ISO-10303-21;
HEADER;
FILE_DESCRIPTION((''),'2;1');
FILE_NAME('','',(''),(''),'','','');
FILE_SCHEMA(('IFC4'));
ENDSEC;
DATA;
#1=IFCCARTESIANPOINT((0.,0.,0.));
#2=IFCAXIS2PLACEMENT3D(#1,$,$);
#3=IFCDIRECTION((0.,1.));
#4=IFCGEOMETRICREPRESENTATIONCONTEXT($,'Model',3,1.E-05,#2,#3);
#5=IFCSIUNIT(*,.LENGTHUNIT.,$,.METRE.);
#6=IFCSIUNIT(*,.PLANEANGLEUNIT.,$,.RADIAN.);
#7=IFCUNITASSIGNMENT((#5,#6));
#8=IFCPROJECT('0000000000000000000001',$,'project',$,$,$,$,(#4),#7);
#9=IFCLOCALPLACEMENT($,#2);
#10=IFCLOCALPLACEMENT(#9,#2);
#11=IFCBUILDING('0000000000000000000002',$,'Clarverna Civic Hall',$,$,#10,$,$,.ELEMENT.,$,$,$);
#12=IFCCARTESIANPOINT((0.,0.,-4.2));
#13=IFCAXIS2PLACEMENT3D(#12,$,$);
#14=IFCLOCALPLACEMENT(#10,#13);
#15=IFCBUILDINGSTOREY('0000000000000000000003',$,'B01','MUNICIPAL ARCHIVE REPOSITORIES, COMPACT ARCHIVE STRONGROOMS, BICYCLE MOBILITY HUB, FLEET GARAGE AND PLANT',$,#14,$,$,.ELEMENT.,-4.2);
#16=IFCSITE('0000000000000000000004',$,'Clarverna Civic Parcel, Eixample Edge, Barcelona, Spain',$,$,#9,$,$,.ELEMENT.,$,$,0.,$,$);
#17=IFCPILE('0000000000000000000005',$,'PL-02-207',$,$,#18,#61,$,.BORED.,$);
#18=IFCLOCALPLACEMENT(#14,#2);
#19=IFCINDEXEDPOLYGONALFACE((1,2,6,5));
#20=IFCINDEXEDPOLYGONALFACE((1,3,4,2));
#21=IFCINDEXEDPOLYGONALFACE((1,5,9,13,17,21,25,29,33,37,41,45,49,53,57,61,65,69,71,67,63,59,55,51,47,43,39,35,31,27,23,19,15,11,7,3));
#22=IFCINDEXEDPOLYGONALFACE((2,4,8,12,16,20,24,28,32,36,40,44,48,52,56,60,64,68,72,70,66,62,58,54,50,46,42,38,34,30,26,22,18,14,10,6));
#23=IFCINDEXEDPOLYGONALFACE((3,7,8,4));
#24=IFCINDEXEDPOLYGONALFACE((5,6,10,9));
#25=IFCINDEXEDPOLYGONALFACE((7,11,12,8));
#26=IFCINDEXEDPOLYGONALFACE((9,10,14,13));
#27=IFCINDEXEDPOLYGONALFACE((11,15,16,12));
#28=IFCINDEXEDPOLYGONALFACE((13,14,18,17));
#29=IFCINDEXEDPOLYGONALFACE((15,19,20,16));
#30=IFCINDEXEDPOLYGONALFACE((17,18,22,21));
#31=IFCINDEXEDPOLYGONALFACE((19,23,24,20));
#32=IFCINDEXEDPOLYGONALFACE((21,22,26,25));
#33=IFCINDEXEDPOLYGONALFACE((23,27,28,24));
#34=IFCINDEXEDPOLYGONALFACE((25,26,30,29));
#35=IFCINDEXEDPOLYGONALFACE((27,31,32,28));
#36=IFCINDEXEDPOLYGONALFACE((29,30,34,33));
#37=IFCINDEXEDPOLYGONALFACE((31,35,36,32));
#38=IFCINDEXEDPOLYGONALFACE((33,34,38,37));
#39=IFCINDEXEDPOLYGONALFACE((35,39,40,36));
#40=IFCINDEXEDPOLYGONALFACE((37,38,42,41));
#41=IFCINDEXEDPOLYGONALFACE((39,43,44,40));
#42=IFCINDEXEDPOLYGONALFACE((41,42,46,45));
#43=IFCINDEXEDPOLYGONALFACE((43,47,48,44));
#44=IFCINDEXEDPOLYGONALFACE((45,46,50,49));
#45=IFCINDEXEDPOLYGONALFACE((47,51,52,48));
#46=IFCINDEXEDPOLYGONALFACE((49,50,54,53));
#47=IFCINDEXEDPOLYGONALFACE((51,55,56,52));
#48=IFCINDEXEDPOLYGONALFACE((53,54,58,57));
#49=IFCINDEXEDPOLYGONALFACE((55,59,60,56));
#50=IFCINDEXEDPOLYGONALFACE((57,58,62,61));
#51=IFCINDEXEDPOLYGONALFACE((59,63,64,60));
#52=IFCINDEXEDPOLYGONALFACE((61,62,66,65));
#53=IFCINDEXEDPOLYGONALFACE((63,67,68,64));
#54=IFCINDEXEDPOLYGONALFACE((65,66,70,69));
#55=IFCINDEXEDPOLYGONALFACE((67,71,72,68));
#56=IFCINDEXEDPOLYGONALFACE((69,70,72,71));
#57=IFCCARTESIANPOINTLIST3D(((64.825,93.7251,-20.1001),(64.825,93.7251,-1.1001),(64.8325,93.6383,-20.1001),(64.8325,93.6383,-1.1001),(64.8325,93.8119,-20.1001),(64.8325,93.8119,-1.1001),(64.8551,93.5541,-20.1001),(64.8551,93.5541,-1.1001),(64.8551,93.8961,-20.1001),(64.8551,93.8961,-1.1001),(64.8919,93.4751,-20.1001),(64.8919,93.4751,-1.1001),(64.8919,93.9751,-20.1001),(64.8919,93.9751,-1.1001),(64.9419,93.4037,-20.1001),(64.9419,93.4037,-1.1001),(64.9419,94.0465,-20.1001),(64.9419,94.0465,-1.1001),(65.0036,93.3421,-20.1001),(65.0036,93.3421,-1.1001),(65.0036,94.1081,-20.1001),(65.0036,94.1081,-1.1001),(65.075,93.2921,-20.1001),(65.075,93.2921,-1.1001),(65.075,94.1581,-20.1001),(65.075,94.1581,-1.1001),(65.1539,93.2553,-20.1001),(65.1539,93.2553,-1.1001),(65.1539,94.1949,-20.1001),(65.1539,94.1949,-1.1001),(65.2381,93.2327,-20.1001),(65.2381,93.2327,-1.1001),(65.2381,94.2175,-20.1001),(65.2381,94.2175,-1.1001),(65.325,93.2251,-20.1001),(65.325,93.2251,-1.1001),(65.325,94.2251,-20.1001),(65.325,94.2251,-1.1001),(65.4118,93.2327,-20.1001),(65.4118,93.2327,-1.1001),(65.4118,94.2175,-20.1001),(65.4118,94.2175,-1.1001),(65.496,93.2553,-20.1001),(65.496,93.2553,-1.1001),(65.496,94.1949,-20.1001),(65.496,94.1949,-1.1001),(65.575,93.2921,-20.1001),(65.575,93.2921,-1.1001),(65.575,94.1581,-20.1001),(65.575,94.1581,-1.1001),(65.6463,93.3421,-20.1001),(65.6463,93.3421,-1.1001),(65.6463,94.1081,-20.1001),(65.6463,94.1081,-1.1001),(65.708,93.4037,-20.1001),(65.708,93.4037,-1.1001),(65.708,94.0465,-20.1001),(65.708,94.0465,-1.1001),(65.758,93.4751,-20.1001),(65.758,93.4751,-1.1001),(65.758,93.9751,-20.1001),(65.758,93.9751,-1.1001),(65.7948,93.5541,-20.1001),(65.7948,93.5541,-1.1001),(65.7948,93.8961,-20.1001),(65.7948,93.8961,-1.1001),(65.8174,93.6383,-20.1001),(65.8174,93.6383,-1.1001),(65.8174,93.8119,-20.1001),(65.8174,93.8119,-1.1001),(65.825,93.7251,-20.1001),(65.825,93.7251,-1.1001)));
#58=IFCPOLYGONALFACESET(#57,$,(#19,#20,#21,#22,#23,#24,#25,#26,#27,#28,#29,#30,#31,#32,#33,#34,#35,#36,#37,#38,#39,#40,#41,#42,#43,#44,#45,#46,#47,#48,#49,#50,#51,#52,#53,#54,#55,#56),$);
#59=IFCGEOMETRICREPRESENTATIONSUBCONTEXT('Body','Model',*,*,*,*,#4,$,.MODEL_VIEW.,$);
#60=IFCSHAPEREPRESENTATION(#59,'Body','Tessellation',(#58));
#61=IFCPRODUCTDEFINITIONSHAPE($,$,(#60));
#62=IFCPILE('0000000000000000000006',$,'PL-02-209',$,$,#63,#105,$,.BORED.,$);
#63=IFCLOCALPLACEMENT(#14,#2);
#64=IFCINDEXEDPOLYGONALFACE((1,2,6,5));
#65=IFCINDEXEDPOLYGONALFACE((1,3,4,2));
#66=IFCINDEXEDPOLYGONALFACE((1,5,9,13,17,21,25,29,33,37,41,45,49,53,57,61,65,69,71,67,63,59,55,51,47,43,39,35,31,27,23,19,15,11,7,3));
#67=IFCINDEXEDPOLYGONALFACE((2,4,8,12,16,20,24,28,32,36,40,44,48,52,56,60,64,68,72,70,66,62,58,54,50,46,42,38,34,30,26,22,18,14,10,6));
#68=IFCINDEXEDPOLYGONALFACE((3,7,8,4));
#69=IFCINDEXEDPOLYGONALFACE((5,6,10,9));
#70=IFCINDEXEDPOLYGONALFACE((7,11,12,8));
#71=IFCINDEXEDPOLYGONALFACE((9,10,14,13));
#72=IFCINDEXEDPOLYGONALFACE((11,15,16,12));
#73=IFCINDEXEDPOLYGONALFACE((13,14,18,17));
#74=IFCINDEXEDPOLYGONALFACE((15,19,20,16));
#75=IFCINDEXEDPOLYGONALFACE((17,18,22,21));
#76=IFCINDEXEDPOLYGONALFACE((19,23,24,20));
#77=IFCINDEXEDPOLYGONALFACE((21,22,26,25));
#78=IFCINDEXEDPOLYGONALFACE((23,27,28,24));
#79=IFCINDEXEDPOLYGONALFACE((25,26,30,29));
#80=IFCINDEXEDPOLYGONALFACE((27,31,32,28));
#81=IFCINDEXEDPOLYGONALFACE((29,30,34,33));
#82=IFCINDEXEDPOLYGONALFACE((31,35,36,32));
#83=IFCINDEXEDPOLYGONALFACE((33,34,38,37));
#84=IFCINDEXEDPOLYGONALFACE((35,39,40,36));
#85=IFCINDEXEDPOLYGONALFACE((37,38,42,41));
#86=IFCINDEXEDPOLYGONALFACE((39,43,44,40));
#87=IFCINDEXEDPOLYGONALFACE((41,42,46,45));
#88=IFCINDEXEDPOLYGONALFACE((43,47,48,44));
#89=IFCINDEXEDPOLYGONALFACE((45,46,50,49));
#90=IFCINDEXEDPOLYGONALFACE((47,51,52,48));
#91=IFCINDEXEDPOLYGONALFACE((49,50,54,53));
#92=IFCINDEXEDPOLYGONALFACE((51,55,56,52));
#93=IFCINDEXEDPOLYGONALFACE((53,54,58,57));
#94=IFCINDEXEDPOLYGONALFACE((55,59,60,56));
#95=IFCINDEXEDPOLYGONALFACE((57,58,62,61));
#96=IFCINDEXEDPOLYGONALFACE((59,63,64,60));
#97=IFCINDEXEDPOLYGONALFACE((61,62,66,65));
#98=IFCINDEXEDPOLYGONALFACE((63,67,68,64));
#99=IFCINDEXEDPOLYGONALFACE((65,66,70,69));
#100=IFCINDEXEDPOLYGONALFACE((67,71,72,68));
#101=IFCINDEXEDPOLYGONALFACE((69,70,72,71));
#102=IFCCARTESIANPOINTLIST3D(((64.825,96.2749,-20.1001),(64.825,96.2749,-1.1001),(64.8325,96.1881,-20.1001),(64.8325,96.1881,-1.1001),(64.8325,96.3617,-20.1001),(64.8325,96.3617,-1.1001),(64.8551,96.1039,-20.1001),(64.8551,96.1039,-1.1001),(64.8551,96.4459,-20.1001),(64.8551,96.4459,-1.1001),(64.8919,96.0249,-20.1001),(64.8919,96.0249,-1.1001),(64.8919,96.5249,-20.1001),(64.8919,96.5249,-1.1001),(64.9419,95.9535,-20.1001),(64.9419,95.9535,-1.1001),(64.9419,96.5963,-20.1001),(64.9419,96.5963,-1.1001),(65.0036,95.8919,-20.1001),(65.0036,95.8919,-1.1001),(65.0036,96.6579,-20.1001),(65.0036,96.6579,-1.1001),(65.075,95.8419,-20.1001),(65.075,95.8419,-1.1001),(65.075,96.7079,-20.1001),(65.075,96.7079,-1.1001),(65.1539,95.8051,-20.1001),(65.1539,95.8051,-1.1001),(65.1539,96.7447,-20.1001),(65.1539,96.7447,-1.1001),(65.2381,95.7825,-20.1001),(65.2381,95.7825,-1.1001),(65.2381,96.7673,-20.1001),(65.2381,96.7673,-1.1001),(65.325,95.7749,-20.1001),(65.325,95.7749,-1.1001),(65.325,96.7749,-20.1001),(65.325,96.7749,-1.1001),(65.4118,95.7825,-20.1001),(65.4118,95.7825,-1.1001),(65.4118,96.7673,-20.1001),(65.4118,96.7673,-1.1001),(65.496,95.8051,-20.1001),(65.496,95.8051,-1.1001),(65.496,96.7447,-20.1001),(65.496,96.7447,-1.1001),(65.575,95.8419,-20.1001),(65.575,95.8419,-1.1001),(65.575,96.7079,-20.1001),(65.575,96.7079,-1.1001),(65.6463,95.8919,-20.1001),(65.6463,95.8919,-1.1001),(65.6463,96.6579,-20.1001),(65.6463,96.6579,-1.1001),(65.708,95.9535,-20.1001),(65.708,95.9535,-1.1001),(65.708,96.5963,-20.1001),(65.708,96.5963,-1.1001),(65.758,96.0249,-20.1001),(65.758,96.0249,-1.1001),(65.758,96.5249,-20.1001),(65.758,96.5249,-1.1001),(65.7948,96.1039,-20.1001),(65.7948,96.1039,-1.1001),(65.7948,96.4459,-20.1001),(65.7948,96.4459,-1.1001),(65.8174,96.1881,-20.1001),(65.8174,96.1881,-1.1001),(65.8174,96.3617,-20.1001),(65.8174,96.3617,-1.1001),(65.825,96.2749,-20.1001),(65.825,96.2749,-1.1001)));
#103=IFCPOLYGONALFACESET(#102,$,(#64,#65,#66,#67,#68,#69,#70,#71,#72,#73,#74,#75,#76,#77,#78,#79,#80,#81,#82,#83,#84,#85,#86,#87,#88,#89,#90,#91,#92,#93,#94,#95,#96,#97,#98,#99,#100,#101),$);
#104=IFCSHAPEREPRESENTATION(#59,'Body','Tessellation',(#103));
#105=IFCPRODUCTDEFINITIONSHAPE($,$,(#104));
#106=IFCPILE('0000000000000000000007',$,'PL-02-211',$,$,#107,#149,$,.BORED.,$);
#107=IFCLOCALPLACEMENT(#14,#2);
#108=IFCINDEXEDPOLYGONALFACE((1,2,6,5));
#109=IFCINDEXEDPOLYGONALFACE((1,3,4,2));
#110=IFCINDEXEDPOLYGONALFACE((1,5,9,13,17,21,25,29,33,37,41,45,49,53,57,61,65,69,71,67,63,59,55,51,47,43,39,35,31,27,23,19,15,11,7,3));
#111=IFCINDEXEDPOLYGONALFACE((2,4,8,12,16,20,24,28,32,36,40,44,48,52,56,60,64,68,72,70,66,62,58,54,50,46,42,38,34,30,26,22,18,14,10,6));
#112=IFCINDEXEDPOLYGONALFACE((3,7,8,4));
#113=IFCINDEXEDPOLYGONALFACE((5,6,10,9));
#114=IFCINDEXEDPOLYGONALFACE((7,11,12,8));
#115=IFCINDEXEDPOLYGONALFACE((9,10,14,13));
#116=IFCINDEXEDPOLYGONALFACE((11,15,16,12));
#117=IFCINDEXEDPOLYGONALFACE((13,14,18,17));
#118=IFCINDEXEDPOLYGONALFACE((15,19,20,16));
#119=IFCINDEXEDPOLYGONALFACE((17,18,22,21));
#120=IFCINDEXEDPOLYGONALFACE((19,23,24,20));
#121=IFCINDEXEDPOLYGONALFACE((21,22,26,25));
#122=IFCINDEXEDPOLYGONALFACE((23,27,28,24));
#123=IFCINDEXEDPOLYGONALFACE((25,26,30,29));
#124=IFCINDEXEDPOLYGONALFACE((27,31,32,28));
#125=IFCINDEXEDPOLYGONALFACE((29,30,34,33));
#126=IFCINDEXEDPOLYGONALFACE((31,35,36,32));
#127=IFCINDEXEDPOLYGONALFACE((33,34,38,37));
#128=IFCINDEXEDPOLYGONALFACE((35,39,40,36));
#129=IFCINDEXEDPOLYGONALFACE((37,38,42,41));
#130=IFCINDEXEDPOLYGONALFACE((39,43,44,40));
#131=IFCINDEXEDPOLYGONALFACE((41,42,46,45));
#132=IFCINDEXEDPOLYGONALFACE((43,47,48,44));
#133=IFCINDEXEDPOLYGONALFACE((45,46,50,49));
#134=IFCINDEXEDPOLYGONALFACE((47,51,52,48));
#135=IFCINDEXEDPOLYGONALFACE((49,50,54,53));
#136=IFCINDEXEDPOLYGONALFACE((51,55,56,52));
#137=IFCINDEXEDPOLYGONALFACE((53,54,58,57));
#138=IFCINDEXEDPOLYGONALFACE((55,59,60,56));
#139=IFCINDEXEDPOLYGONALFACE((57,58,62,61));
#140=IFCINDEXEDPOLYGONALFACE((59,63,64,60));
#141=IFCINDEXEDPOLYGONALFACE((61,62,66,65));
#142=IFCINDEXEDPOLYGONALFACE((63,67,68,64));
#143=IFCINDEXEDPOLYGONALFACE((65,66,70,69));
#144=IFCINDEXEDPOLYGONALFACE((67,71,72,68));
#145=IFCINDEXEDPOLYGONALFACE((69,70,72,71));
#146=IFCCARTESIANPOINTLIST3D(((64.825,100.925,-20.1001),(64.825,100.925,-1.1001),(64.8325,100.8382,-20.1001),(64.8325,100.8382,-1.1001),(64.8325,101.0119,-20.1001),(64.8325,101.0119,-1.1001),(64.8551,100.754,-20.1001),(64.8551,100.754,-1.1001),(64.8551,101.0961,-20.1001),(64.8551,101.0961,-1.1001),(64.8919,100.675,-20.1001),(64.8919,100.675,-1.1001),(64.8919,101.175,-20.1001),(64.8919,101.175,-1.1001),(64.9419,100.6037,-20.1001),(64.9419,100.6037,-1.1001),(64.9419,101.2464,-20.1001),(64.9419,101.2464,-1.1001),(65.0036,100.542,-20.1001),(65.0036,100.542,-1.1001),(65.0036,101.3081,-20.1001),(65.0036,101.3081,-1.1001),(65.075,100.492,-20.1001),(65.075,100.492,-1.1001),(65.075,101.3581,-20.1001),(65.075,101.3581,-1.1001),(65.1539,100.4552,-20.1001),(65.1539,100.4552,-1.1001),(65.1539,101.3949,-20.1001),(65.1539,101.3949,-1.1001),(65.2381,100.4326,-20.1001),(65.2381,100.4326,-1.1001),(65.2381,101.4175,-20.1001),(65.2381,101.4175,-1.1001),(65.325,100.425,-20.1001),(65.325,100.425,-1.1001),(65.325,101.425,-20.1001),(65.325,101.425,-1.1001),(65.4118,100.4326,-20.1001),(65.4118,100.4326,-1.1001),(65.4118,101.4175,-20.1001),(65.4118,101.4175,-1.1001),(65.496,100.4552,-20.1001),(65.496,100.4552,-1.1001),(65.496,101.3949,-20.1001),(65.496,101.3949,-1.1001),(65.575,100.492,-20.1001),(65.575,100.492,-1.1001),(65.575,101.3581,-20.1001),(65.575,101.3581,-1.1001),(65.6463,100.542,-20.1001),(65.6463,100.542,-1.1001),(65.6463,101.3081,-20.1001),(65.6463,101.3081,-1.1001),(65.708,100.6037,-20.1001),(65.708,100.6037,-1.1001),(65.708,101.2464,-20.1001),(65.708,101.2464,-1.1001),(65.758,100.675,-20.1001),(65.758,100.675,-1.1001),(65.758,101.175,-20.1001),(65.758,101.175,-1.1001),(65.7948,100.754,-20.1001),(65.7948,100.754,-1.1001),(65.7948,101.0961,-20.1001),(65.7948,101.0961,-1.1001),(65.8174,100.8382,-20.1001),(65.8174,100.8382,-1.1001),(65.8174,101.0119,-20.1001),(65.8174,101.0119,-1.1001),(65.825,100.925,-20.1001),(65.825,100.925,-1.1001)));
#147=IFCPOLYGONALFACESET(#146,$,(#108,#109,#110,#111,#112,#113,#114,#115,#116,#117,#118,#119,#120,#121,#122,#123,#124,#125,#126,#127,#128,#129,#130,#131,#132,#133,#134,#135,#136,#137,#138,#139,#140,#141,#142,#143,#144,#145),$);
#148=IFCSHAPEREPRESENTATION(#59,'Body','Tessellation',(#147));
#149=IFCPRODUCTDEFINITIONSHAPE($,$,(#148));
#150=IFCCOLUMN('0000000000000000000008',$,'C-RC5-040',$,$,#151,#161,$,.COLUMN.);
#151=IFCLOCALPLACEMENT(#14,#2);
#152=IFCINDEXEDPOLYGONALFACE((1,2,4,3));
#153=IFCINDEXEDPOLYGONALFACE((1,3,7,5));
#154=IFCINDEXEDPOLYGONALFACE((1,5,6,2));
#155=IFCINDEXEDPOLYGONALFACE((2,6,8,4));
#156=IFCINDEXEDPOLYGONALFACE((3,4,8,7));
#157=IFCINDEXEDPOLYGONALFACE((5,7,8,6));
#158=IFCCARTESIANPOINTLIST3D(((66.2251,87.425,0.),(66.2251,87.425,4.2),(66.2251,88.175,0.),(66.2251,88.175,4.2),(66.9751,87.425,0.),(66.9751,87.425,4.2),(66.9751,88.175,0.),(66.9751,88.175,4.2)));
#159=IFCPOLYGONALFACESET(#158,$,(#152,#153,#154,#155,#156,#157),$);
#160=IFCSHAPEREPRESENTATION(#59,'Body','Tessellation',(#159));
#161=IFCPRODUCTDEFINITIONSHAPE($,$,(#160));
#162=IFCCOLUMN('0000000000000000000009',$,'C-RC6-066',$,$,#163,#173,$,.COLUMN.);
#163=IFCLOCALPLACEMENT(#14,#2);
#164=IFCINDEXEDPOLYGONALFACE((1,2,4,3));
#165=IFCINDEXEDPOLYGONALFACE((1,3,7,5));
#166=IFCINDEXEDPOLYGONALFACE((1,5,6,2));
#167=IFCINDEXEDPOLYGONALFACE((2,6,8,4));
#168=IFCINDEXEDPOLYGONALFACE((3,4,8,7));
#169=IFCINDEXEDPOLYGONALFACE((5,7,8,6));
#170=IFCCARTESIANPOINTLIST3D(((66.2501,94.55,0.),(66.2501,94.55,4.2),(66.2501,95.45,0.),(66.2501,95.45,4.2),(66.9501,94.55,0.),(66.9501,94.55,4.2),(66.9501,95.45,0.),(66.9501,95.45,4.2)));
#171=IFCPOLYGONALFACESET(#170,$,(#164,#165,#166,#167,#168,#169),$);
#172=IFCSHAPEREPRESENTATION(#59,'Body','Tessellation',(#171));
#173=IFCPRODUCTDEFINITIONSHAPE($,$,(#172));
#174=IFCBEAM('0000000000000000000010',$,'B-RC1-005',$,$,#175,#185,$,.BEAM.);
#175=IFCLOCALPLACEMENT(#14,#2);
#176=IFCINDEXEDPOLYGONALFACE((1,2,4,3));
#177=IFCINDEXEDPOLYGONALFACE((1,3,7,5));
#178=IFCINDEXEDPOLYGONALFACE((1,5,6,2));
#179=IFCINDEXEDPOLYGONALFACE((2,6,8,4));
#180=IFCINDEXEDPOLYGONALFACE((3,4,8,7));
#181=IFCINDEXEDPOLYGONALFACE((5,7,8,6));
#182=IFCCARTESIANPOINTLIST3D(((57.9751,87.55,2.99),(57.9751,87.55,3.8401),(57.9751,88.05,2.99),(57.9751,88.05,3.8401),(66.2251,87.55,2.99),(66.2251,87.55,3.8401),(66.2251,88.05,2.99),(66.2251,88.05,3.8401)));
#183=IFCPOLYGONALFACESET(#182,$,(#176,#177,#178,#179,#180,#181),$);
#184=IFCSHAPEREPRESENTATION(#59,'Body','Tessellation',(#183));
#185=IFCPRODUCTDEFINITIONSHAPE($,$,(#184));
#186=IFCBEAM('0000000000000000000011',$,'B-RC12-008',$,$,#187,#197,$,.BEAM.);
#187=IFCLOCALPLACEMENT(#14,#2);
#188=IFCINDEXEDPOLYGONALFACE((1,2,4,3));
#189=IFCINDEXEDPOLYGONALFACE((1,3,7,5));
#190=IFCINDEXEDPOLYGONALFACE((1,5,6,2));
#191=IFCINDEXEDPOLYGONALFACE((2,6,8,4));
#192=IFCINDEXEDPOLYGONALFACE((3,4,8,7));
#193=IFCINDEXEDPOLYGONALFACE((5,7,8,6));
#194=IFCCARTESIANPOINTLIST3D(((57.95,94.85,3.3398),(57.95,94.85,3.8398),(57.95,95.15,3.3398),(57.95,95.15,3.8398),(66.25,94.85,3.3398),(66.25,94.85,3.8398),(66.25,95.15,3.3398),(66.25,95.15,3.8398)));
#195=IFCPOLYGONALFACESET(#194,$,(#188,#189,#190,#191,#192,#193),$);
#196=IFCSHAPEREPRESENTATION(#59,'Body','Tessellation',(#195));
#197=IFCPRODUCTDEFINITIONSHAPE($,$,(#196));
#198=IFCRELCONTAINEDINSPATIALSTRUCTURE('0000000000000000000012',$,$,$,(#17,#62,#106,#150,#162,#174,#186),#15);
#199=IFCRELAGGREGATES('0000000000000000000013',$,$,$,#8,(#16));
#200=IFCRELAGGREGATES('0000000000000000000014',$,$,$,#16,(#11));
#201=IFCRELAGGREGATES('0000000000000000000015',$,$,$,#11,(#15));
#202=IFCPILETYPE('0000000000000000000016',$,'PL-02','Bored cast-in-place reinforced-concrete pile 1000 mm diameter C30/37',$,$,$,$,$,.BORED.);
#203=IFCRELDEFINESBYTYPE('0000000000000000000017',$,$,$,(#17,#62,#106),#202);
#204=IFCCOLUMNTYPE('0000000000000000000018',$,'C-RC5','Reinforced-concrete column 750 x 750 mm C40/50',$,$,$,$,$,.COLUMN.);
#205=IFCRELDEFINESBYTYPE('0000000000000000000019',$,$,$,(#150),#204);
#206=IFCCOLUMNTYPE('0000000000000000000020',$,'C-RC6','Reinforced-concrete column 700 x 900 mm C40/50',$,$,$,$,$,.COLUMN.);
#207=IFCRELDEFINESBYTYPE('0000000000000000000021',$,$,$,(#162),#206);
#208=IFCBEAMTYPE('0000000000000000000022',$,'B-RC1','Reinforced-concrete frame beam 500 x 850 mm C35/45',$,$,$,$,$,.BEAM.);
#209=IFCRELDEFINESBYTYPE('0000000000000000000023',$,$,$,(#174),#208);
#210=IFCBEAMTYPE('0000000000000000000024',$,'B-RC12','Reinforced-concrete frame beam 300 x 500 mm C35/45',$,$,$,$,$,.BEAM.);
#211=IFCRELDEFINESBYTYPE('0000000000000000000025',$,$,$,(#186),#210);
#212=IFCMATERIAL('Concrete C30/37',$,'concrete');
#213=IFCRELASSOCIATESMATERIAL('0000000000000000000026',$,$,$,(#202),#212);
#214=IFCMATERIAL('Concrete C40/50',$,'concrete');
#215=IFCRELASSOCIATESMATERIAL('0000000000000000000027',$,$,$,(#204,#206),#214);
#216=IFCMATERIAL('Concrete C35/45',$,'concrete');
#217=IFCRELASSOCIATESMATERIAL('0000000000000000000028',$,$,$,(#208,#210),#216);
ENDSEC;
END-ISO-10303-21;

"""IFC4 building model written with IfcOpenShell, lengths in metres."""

from ifc_helpers import new_model, si_unit, direction, frame, origin, origin_2d, place, context, subcontext, project, spatial, rectangle, circle, extrude, material, material_profile, profile_set, type_object, element, save


model = new_model("IFC4")

# Units and contexts
model_context = context("Model", 3, precision=1e-05, world=origin(), true_north=direction((0.0, 1.0)))
body_context = subcontext(model_context, "Body", "Model", "MODEL_VIEW")
ifc_project = project(units=[si_unit("LENGTHUNIT", "METRE"), si_unit("PLANEANGLEUNIT", "RADIAN")], contexts=[model_context])

# Site, building, storey
site_placement = place(None, origin())
site = spatial("IfcSite", under=ifc_project, at=site_placement, Name="Clarverna Civic Parcel, Eixample Edge, Barcelona, Spain", CompositionType="ELEMENT", RefElevation=0.0)
building_placement = place(site_placement, origin())
building = spatial("IfcBuilding", under=site, at=building_placement, Name="Clarverna Civic Hall", CompositionType="ELEMENT")
storey_placement = place(building_placement, frame((0.0, 0.0, -4.2)))
storey = spatial("IfcBuildingStorey", under=building, at=storey_placement, Name="B01", Description="MUNICIPAL ARCHIVE REPOSITORIES, COMPACT ARCHIVE STRONGROOMS, BICYCLE MOBILITY HUB, FLEET GARAGE AND PLANT", CompositionType="ELEMENT", Elevation=-4.2)

# Shared definitions
ifc_material_1 = material(Name="Concrete C30/37", Category="concrete")

# Piles
ifc_material_profile_1 = material_profile(ifc_material_1, circle(Radius=0.5, at=origin_2d()), Name="BORED PILE D1000")
ifc_profile_set_1 = profile_set([ifc_material_profile_1], Name="Concrete C30/37")
pile_type_1 = type_object("IfcPileType", Name="PL-02", Description="Bored cast-in-place reinforced-concrete pile 1000 mm diameter C30/37", PredefinedType="BORED", material=ifc_profile_set_1)
for number, where, z_axis, x_axis, name in (
    (1, (65.325, 93.7251, -1.1001), (0.0, 0.0, -1.0), (1.0, 0.0, 0.0), "PL-02-207"),
    (2, (65.325, 96.2749, -1.1001), (0.0, 0.0, -1.0), (1.0, 0.0, 0.0), "PL-02-209"),
    (3, (65.325, 100.925, -1.1001), (0.0, 0.0, -1.0), (1.0, 0.0, 0.0), "PL-02-211"),
):
    element("IfcPile", number, at=place(storey_placement, frame(where, z_axis=z_axis, x_axis=x_axis)), inside=storey, type_object=pile_type_1, Name=name, PredefinedType="BORED", context=body_context, shape_type="SweptSolid", body=[
        extrude(circle(Radius=0.5, at=origin_2d()), origin(), (0.0, 0.0, 1.0), 19.0),
    ])

# Columns
ifc_material_2 = material(Name="Concrete C40/50", Category="concrete")
ifc_material_profile_2 = material_profile(ifc_material_2, rectangle(XDim=0.75, YDim=0.75, at=origin_2d()), Name="RC 750x750")
ifc_profile_set_2 = profile_set([ifc_material_profile_2], Name="Concrete C40/50")
column_type_1 = type_object("IfcColumnType", Name="C-RC5", Description="Reinforced-concrete column 750 x 750 mm C40/50", PredefinedType="COLUMN", material=ifc_profile_set_2)
column_1_placement = place(storey_placement, frame((66.6001, 87.8, 0.0), z_axis=(0.0, 0.0, 1.0), x_axis=(1.0, 0.0, 0.0)))
element("IfcColumn", 4, at=column_1_placement, inside=storey, type_object=column_type_1, Name="C-RC5-040", PredefinedType="COLUMN", context=body_context, shape_type="SweptSolid", body=[
    extrude(rectangle(XDim=0.75, YDim=0.75, at=origin_2d()), origin(), (0.0, 0.0, 1.0), 4.2),
])
ifc_material_profile_3 = material_profile(ifc_material_2, rectangle(XDim=0.7, YDim=0.8999, at=origin_2d()), Name="RC 700x900")
ifc_profile_set_3 = profile_set([ifc_material_profile_3], Name="Concrete C40/50")
column_type_2 = type_object("IfcColumnType", Name="C-RC6", Description="Reinforced-concrete column 700 x 900 mm C40/50", PredefinedType="COLUMN", material=ifc_profile_set_3)
column_2_placement = place(storey_placement, frame((66.6001, 95.0, 0.0), z_axis=(0.0, 0.0, 1.0), x_axis=(1.0, 0.0, 0.0)))
element("IfcColumn", 5, at=column_2_placement, inside=storey, type_object=column_type_2, Name="C-RC6-066", PredefinedType="COLUMN", context=body_context, shape_type="SweptSolid", body=[
    extrude(rectangle(XDim=0.7, YDim=0.8999, at=origin_2d()), origin(), (0.0, 0.0, 1.0), 4.2),
])

# Beams
ifc_material_3 = material(Name="Concrete C35/45", Category="concrete")
ifc_material_profile_4 = material_profile(ifc_material_3, rectangle(XDim=0.5, YDim=0.8501, at=origin_2d()), Name="RC 500x850")
ifc_profile_set_4 = profile_set([ifc_material_profile_4], Name="Concrete C35/45")
beam_type_1 = type_object("IfcBeamType", Name="B-RC1", Description="Reinforced-concrete frame beam 500 x 850 mm C35/45", PredefinedType="BEAM", material=ifc_profile_set_4)
beam_1_placement = place(storey_placement, frame((57.9751, 87.8, 3.415), z_axis=(1.0, 0.0, 0.0), x_axis=(0.0, 1.0, 0.0)))
element("IfcBeam", 6, at=beam_1_placement, inside=storey, type_object=beam_type_1, Name="B-RC1-005", PredefinedType="BEAM", context=body_context, shape_type="SweptSolid", body=[
    extrude(rectangle(XDim=0.5, YDim=0.8501, at=origin_2d()), origin(), (0.0, 0.0, 1.0), 8.25),
])
ifc_material_profile_5 = material_profile(ifc_material_3, rectangle(XDim=0.3, YDim=0.5, at=origin_2d()), Name="RC 300x500")
ifc_profile_set_5 = profile_set([ifc_material_profile_5], Name="Concrete C35/45")
beam_type_2 = type_object("IfcBeamType", Name="B-RC12", Description="Reinforced-concrete frame beam 300 x 500 mm C35/45", PredefinedType="BEAM", material=ifc_profile_set_5)
beam_2_placement = place(storey_placement, frame((57.95, 95.0, 3.5898), z_axis=(1.0, 0.0, 0.0), x_axis=(0.0, 1.0, 0.0)))
element("IfcBeam", 7, at=beam_2_placement, inside=storey, type_object=beam_type_2, Name="B-RC12-008", PredefinedType="BEAM", context=body_context, shape_type="SweptSolid", body=[
    extrude(rectangle(XDim=0.3, YDim=0.5, at=origin_2d()), origin(), (0.0, 0.0, 1.0), 8.3),
])

save(model, "model.ifc")
